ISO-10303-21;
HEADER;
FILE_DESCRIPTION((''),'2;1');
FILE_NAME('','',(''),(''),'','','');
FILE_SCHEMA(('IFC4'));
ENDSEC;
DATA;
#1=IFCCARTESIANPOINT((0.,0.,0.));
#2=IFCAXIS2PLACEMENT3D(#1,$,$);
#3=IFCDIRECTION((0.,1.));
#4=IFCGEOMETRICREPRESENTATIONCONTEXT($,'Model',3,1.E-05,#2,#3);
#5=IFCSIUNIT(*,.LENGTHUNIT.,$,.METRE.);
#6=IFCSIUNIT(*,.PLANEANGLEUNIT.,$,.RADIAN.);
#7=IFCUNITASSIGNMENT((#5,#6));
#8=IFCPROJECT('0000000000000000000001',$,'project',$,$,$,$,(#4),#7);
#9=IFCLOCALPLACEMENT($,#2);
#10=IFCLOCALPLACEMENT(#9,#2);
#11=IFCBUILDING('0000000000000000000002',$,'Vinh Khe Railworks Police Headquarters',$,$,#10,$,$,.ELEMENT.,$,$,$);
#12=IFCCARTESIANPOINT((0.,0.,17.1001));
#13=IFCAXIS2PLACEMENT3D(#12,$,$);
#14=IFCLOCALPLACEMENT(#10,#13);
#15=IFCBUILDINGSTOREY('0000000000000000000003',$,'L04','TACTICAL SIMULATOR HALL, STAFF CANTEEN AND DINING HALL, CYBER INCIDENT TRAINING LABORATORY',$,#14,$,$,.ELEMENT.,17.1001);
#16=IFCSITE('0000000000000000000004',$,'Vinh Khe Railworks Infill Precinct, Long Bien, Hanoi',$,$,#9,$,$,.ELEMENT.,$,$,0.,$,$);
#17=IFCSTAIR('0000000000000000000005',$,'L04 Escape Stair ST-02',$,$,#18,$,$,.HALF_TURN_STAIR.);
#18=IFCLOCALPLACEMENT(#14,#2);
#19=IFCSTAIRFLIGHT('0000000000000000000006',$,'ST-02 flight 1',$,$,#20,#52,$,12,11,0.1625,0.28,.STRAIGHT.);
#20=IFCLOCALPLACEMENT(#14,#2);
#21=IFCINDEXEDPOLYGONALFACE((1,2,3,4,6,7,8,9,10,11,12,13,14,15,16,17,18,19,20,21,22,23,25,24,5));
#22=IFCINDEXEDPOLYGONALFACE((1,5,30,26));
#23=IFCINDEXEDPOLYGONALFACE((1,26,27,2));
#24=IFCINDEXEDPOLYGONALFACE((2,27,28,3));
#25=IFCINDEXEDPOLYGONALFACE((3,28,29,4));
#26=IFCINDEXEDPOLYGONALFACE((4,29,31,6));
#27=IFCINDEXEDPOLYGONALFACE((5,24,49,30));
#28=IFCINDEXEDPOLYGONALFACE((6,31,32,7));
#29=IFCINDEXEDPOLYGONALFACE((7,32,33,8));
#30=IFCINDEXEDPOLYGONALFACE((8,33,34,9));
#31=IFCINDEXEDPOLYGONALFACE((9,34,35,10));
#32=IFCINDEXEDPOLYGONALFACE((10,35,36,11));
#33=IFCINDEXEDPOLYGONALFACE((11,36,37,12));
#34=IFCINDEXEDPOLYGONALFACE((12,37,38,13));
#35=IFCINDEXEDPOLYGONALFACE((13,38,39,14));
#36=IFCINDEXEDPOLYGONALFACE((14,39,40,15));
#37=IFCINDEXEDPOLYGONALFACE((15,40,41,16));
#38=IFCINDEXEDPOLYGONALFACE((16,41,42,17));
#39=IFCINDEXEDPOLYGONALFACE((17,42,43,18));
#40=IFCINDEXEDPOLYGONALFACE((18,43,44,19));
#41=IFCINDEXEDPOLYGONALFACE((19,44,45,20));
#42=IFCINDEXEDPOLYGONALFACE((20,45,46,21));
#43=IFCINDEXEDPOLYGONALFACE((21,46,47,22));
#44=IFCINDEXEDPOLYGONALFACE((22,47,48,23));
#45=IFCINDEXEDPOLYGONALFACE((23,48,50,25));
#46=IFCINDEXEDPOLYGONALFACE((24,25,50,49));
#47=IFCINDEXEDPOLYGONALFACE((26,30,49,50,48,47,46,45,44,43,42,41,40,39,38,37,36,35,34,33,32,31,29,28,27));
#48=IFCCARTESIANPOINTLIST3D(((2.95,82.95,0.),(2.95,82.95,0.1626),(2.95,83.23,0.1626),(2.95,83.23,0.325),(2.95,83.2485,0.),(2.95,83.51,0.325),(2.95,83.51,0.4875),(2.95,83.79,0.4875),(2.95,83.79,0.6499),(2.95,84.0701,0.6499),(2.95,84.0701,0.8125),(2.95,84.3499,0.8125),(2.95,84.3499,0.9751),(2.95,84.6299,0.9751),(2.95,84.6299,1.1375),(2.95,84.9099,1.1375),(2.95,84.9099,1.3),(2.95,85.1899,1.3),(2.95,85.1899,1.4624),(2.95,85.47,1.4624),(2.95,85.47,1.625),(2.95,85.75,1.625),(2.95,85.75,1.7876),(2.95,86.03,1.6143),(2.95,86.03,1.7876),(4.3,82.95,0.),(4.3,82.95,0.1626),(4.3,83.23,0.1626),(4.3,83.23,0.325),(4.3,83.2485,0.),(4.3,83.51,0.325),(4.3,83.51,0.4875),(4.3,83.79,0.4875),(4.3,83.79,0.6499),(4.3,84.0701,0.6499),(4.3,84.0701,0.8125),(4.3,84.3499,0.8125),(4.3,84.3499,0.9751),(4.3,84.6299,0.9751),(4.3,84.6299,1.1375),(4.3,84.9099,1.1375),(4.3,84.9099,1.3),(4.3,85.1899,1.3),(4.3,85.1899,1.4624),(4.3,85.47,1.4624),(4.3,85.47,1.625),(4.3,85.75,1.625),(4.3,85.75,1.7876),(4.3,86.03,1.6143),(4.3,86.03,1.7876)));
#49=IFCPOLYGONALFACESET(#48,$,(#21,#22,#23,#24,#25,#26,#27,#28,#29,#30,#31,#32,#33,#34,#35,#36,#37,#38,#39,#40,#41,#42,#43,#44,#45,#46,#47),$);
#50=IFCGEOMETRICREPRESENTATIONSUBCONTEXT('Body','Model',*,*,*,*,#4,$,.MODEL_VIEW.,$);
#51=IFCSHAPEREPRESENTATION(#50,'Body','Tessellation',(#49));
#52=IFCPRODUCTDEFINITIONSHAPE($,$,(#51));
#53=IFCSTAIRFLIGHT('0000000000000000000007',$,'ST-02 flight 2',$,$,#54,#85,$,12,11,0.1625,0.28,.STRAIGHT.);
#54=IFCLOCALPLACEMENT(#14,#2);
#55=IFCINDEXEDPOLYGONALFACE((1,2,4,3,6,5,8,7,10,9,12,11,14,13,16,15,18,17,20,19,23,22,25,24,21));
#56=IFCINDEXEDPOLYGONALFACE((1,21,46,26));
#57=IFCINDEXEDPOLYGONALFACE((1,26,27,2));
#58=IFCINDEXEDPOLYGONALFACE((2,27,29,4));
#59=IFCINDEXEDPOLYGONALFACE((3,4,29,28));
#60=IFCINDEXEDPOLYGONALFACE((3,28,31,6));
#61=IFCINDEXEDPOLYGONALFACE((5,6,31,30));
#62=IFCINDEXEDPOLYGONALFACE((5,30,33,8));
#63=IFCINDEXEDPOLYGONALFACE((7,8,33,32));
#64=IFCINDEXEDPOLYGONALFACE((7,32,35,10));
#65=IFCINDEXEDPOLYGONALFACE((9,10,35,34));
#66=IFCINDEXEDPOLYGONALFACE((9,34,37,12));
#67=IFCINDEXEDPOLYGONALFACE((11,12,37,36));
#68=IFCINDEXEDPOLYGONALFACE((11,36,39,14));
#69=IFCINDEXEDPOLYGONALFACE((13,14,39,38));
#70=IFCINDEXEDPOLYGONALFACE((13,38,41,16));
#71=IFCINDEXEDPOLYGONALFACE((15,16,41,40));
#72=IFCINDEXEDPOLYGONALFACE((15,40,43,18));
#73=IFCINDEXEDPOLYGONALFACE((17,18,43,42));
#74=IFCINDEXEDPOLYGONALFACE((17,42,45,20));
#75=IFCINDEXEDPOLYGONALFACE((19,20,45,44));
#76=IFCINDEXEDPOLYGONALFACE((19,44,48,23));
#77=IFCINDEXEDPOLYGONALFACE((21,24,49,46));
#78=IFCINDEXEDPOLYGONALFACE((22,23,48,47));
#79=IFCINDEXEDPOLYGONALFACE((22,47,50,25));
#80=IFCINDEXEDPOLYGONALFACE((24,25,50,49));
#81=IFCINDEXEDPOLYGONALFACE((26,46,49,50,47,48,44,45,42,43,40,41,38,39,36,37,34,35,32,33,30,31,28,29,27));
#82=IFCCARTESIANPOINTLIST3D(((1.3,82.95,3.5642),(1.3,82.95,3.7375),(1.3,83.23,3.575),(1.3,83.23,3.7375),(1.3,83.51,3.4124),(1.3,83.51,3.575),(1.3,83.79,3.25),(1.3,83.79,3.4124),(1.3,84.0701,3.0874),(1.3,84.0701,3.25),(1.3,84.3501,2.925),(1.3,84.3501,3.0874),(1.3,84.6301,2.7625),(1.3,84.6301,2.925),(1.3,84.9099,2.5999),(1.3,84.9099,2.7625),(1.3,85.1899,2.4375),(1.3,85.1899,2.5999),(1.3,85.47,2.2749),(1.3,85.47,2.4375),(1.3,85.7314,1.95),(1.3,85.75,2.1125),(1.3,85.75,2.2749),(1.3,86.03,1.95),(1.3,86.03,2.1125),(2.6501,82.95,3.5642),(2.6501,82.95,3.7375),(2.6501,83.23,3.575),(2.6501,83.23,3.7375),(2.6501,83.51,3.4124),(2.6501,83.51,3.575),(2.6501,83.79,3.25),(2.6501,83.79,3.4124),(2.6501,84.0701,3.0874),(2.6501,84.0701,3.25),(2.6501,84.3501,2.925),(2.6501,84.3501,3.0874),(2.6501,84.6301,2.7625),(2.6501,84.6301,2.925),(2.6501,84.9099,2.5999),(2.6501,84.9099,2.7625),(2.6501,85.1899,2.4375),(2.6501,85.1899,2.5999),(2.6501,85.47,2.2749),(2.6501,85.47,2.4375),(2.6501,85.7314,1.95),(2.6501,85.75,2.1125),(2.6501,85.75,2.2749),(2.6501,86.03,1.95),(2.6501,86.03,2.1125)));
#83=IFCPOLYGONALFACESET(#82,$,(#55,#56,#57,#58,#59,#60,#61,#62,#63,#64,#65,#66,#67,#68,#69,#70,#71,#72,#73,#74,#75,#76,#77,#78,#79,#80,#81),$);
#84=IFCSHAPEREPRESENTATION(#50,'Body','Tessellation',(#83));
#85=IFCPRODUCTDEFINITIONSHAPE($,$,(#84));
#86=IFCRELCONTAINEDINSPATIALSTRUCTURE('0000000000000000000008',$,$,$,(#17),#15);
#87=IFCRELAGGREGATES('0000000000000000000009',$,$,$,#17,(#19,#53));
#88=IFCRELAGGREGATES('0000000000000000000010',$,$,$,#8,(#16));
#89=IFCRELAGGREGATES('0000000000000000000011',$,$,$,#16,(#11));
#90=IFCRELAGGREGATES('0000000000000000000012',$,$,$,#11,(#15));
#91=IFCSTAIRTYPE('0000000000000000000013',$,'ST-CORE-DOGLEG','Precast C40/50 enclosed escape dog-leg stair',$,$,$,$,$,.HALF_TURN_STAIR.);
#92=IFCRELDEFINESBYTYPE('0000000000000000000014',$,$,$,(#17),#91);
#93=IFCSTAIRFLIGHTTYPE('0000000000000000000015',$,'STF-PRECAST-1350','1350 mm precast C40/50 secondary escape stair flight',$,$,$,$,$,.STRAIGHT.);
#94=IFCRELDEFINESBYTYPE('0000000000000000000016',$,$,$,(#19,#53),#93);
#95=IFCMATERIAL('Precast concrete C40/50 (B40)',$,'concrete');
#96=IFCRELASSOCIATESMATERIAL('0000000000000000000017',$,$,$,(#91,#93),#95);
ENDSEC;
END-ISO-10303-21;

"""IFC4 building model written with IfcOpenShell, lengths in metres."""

from ifc_helpers import new_model, si_unit, direction, frame, origin, place, context, subcontext, project, spatial, polyline, outline, extrude, material, type_object, element, aggregate, save


model = new_model("IFC4")

# Units and contexts
model_context = context("Model", 3, precision=1e-05, world=origin(), true_north=direction((0.0, 1.0)))
body_context = subcontext(model_context, "Body", "Model", "MODEL_VIEW")
ifc_project = project(units=[si_unit("LENGTHUNIT", "METRE"), si_unit("PLANEANGLEUNIT", "RADIAN")], contexts=[model_context])

# Site, building, storey
site_placement = place(None, origin())
site = spatial("IfcSite", under=ifc_project, at=site_placement, Name="Vinh Khe Railworks Infill Precinct, Long Bien, Hanoi", CompositionType="ELEMENT", RefElevation=0.0)
building_placement = place(site_placement, origin())
building = spatial("IfcBuilding", under=site, at=building_placement, Name="Vinh Khe Railworks Police Headquarters", CompositionType="ELEMENT")
storey_placement = place(building_placement, frame((0.0, 0.0, 17.1001)))
storey = spatial("IfcBuildingStorey", under=building, at=storey_placement, Name="L04", Description="TACTICAL SIMULATOR HALL, STAFF CANTEEN AND DINING HALL, CYBER INCIDENT TRAINING LABORATORY", CompositionType="ELEMENT", Elevation=17.1001)

# Stair, stair flights
ifc_material_1 = material(Name="Precast concrete C40/50 (B40)", Category="concrete")
stair_type = type_object("IfcStairType", Name="ST-CORE-DOGLEG", Description="Precast C40/50 enclosed escape dog-leg stair", PredefinedType="HALF_TURN_STAIR", material=ifc_material_1)
stair_placement = place(storey_placement, origin())
stair = element("IfcStair", 1, at=stair_placement, inside=storey, type_object=stair_type, Name="L04 Escape Stair ST-02", PredefinedType="HALF_TURN_STAIR")
stair_flight_type = type_object("IfcStairFlightType", Name="STF-PRECAST-1350", Description="1350 mm precast C40/50 secondary escape stair flight", PredefinedType="STRAIGHT", material=ifc_material_1)
stair_flight_1_placement = place(storey_placement, frame((3.625, 82.95, 0.0), z_axis=(0.0, 0.0, 1.0), x_axis=(0.0, 1.0, 0.0)))
stair_flight_1 = element("IfcStairFlight", 2, at=stair_flight_1_placement, type_object=stair_flight_type, Name="ST-02 flight 1", NumberOfRisers=12, NumberOfTreads=11, PredefinedType="STRAIGHT", RiserHeight=0.1625, TreadLength=0.28, context=body_context, shape_type="SweptSolid", body=[
    extrude(outline(polyline([(0.0, 0.0), (0.0, 0.1626), (0.28, 0.1626), (0.28, 0.325), (0.5601, 0.325), (0.5601, 0.4875), (0.8401, 0.4875), (0.8401, 0.6499), (1.1201, 0.6499), (1.1201, 0.8125), (1.3999, 0.8125), (1.3999, 0.9751), (1.6799, 0.9751), (1.6799, 1.1375), (1.96, 1.1375), (1.96, 1.3), (2.24, 1.3), (2.24, 1.4624), (2.52, 1.4624), (2.52, 1.625), (2.8, 1.625), (2.8, 1.7876), (3.0801, 1.7876), (3.0801, 1.95), (3.0801, 1.6143), (0.2986, 0.0), (0.0, 0.0)])), frame((0.0, 0.675, 0.0), z_axis=(0.0, -1.0, 0.0), x_axis=(1.0, 0.0, 0.0)), (0.0, 0.0, 1.0), 1.3501),
])
stair_flight_2_placement = place(storey_placement, frame((1.9751, 86.03, 1.95), z_axis=(0.0, 0.0, 1.0), x_axis=(0.0, -1.0, 0.0)))
stair_flight_2 = element("IfcStairFlight", 3, at=stair_flight_2_placement, type_object=stair_flight_type, Name="ST-02 flight 2", NumberOfRisers=12, NumberOfTreads=11, PredefinedType="STRAIGHT", RiserHeight=0.1625, TreadLength=0.28, context=body_context, shape_type="SweptSolid", body=[
    extrude(outline(polyline([(0.0, 0.0), (0.0, 0.1626), (0.28, 0.1626), (0.28, 0.325), (0.5601, 0.325), (0.5601, 0.4875), (0.8401, 0.4875), (0.8401, 0.6499), (1.1201, 0.6499), (1.1201, 0.8125), (1.3999, 0.8125), (1.3999, 0.9751), (1.6799, 0.9751), (1.6799, 1.1375), (1.96, 1.1375), (1.96, 1.3), (2.24, 1.3), (2.24, 1.4624), (2.52, 1.4624), (2.52, 1.625), (2.8, 1.625), (2.8, 1.7876), (3.0801, 1.7876), (3.0801, 1.95), (3.0801, 1.6143), (0.2986, 0.0), (0.0, 0.0)])), frame((0.0, 0.675, 0.0), z_axis=(0.0, -1.0, 0.0), x_axis=(1.0, 0.0, 0.0)), (0.0, 0.0, 1.0), 1.3501),
])
aggregate(stair, [stair_flight_1, stair_flight_2])

save(model, "model.ifc")
